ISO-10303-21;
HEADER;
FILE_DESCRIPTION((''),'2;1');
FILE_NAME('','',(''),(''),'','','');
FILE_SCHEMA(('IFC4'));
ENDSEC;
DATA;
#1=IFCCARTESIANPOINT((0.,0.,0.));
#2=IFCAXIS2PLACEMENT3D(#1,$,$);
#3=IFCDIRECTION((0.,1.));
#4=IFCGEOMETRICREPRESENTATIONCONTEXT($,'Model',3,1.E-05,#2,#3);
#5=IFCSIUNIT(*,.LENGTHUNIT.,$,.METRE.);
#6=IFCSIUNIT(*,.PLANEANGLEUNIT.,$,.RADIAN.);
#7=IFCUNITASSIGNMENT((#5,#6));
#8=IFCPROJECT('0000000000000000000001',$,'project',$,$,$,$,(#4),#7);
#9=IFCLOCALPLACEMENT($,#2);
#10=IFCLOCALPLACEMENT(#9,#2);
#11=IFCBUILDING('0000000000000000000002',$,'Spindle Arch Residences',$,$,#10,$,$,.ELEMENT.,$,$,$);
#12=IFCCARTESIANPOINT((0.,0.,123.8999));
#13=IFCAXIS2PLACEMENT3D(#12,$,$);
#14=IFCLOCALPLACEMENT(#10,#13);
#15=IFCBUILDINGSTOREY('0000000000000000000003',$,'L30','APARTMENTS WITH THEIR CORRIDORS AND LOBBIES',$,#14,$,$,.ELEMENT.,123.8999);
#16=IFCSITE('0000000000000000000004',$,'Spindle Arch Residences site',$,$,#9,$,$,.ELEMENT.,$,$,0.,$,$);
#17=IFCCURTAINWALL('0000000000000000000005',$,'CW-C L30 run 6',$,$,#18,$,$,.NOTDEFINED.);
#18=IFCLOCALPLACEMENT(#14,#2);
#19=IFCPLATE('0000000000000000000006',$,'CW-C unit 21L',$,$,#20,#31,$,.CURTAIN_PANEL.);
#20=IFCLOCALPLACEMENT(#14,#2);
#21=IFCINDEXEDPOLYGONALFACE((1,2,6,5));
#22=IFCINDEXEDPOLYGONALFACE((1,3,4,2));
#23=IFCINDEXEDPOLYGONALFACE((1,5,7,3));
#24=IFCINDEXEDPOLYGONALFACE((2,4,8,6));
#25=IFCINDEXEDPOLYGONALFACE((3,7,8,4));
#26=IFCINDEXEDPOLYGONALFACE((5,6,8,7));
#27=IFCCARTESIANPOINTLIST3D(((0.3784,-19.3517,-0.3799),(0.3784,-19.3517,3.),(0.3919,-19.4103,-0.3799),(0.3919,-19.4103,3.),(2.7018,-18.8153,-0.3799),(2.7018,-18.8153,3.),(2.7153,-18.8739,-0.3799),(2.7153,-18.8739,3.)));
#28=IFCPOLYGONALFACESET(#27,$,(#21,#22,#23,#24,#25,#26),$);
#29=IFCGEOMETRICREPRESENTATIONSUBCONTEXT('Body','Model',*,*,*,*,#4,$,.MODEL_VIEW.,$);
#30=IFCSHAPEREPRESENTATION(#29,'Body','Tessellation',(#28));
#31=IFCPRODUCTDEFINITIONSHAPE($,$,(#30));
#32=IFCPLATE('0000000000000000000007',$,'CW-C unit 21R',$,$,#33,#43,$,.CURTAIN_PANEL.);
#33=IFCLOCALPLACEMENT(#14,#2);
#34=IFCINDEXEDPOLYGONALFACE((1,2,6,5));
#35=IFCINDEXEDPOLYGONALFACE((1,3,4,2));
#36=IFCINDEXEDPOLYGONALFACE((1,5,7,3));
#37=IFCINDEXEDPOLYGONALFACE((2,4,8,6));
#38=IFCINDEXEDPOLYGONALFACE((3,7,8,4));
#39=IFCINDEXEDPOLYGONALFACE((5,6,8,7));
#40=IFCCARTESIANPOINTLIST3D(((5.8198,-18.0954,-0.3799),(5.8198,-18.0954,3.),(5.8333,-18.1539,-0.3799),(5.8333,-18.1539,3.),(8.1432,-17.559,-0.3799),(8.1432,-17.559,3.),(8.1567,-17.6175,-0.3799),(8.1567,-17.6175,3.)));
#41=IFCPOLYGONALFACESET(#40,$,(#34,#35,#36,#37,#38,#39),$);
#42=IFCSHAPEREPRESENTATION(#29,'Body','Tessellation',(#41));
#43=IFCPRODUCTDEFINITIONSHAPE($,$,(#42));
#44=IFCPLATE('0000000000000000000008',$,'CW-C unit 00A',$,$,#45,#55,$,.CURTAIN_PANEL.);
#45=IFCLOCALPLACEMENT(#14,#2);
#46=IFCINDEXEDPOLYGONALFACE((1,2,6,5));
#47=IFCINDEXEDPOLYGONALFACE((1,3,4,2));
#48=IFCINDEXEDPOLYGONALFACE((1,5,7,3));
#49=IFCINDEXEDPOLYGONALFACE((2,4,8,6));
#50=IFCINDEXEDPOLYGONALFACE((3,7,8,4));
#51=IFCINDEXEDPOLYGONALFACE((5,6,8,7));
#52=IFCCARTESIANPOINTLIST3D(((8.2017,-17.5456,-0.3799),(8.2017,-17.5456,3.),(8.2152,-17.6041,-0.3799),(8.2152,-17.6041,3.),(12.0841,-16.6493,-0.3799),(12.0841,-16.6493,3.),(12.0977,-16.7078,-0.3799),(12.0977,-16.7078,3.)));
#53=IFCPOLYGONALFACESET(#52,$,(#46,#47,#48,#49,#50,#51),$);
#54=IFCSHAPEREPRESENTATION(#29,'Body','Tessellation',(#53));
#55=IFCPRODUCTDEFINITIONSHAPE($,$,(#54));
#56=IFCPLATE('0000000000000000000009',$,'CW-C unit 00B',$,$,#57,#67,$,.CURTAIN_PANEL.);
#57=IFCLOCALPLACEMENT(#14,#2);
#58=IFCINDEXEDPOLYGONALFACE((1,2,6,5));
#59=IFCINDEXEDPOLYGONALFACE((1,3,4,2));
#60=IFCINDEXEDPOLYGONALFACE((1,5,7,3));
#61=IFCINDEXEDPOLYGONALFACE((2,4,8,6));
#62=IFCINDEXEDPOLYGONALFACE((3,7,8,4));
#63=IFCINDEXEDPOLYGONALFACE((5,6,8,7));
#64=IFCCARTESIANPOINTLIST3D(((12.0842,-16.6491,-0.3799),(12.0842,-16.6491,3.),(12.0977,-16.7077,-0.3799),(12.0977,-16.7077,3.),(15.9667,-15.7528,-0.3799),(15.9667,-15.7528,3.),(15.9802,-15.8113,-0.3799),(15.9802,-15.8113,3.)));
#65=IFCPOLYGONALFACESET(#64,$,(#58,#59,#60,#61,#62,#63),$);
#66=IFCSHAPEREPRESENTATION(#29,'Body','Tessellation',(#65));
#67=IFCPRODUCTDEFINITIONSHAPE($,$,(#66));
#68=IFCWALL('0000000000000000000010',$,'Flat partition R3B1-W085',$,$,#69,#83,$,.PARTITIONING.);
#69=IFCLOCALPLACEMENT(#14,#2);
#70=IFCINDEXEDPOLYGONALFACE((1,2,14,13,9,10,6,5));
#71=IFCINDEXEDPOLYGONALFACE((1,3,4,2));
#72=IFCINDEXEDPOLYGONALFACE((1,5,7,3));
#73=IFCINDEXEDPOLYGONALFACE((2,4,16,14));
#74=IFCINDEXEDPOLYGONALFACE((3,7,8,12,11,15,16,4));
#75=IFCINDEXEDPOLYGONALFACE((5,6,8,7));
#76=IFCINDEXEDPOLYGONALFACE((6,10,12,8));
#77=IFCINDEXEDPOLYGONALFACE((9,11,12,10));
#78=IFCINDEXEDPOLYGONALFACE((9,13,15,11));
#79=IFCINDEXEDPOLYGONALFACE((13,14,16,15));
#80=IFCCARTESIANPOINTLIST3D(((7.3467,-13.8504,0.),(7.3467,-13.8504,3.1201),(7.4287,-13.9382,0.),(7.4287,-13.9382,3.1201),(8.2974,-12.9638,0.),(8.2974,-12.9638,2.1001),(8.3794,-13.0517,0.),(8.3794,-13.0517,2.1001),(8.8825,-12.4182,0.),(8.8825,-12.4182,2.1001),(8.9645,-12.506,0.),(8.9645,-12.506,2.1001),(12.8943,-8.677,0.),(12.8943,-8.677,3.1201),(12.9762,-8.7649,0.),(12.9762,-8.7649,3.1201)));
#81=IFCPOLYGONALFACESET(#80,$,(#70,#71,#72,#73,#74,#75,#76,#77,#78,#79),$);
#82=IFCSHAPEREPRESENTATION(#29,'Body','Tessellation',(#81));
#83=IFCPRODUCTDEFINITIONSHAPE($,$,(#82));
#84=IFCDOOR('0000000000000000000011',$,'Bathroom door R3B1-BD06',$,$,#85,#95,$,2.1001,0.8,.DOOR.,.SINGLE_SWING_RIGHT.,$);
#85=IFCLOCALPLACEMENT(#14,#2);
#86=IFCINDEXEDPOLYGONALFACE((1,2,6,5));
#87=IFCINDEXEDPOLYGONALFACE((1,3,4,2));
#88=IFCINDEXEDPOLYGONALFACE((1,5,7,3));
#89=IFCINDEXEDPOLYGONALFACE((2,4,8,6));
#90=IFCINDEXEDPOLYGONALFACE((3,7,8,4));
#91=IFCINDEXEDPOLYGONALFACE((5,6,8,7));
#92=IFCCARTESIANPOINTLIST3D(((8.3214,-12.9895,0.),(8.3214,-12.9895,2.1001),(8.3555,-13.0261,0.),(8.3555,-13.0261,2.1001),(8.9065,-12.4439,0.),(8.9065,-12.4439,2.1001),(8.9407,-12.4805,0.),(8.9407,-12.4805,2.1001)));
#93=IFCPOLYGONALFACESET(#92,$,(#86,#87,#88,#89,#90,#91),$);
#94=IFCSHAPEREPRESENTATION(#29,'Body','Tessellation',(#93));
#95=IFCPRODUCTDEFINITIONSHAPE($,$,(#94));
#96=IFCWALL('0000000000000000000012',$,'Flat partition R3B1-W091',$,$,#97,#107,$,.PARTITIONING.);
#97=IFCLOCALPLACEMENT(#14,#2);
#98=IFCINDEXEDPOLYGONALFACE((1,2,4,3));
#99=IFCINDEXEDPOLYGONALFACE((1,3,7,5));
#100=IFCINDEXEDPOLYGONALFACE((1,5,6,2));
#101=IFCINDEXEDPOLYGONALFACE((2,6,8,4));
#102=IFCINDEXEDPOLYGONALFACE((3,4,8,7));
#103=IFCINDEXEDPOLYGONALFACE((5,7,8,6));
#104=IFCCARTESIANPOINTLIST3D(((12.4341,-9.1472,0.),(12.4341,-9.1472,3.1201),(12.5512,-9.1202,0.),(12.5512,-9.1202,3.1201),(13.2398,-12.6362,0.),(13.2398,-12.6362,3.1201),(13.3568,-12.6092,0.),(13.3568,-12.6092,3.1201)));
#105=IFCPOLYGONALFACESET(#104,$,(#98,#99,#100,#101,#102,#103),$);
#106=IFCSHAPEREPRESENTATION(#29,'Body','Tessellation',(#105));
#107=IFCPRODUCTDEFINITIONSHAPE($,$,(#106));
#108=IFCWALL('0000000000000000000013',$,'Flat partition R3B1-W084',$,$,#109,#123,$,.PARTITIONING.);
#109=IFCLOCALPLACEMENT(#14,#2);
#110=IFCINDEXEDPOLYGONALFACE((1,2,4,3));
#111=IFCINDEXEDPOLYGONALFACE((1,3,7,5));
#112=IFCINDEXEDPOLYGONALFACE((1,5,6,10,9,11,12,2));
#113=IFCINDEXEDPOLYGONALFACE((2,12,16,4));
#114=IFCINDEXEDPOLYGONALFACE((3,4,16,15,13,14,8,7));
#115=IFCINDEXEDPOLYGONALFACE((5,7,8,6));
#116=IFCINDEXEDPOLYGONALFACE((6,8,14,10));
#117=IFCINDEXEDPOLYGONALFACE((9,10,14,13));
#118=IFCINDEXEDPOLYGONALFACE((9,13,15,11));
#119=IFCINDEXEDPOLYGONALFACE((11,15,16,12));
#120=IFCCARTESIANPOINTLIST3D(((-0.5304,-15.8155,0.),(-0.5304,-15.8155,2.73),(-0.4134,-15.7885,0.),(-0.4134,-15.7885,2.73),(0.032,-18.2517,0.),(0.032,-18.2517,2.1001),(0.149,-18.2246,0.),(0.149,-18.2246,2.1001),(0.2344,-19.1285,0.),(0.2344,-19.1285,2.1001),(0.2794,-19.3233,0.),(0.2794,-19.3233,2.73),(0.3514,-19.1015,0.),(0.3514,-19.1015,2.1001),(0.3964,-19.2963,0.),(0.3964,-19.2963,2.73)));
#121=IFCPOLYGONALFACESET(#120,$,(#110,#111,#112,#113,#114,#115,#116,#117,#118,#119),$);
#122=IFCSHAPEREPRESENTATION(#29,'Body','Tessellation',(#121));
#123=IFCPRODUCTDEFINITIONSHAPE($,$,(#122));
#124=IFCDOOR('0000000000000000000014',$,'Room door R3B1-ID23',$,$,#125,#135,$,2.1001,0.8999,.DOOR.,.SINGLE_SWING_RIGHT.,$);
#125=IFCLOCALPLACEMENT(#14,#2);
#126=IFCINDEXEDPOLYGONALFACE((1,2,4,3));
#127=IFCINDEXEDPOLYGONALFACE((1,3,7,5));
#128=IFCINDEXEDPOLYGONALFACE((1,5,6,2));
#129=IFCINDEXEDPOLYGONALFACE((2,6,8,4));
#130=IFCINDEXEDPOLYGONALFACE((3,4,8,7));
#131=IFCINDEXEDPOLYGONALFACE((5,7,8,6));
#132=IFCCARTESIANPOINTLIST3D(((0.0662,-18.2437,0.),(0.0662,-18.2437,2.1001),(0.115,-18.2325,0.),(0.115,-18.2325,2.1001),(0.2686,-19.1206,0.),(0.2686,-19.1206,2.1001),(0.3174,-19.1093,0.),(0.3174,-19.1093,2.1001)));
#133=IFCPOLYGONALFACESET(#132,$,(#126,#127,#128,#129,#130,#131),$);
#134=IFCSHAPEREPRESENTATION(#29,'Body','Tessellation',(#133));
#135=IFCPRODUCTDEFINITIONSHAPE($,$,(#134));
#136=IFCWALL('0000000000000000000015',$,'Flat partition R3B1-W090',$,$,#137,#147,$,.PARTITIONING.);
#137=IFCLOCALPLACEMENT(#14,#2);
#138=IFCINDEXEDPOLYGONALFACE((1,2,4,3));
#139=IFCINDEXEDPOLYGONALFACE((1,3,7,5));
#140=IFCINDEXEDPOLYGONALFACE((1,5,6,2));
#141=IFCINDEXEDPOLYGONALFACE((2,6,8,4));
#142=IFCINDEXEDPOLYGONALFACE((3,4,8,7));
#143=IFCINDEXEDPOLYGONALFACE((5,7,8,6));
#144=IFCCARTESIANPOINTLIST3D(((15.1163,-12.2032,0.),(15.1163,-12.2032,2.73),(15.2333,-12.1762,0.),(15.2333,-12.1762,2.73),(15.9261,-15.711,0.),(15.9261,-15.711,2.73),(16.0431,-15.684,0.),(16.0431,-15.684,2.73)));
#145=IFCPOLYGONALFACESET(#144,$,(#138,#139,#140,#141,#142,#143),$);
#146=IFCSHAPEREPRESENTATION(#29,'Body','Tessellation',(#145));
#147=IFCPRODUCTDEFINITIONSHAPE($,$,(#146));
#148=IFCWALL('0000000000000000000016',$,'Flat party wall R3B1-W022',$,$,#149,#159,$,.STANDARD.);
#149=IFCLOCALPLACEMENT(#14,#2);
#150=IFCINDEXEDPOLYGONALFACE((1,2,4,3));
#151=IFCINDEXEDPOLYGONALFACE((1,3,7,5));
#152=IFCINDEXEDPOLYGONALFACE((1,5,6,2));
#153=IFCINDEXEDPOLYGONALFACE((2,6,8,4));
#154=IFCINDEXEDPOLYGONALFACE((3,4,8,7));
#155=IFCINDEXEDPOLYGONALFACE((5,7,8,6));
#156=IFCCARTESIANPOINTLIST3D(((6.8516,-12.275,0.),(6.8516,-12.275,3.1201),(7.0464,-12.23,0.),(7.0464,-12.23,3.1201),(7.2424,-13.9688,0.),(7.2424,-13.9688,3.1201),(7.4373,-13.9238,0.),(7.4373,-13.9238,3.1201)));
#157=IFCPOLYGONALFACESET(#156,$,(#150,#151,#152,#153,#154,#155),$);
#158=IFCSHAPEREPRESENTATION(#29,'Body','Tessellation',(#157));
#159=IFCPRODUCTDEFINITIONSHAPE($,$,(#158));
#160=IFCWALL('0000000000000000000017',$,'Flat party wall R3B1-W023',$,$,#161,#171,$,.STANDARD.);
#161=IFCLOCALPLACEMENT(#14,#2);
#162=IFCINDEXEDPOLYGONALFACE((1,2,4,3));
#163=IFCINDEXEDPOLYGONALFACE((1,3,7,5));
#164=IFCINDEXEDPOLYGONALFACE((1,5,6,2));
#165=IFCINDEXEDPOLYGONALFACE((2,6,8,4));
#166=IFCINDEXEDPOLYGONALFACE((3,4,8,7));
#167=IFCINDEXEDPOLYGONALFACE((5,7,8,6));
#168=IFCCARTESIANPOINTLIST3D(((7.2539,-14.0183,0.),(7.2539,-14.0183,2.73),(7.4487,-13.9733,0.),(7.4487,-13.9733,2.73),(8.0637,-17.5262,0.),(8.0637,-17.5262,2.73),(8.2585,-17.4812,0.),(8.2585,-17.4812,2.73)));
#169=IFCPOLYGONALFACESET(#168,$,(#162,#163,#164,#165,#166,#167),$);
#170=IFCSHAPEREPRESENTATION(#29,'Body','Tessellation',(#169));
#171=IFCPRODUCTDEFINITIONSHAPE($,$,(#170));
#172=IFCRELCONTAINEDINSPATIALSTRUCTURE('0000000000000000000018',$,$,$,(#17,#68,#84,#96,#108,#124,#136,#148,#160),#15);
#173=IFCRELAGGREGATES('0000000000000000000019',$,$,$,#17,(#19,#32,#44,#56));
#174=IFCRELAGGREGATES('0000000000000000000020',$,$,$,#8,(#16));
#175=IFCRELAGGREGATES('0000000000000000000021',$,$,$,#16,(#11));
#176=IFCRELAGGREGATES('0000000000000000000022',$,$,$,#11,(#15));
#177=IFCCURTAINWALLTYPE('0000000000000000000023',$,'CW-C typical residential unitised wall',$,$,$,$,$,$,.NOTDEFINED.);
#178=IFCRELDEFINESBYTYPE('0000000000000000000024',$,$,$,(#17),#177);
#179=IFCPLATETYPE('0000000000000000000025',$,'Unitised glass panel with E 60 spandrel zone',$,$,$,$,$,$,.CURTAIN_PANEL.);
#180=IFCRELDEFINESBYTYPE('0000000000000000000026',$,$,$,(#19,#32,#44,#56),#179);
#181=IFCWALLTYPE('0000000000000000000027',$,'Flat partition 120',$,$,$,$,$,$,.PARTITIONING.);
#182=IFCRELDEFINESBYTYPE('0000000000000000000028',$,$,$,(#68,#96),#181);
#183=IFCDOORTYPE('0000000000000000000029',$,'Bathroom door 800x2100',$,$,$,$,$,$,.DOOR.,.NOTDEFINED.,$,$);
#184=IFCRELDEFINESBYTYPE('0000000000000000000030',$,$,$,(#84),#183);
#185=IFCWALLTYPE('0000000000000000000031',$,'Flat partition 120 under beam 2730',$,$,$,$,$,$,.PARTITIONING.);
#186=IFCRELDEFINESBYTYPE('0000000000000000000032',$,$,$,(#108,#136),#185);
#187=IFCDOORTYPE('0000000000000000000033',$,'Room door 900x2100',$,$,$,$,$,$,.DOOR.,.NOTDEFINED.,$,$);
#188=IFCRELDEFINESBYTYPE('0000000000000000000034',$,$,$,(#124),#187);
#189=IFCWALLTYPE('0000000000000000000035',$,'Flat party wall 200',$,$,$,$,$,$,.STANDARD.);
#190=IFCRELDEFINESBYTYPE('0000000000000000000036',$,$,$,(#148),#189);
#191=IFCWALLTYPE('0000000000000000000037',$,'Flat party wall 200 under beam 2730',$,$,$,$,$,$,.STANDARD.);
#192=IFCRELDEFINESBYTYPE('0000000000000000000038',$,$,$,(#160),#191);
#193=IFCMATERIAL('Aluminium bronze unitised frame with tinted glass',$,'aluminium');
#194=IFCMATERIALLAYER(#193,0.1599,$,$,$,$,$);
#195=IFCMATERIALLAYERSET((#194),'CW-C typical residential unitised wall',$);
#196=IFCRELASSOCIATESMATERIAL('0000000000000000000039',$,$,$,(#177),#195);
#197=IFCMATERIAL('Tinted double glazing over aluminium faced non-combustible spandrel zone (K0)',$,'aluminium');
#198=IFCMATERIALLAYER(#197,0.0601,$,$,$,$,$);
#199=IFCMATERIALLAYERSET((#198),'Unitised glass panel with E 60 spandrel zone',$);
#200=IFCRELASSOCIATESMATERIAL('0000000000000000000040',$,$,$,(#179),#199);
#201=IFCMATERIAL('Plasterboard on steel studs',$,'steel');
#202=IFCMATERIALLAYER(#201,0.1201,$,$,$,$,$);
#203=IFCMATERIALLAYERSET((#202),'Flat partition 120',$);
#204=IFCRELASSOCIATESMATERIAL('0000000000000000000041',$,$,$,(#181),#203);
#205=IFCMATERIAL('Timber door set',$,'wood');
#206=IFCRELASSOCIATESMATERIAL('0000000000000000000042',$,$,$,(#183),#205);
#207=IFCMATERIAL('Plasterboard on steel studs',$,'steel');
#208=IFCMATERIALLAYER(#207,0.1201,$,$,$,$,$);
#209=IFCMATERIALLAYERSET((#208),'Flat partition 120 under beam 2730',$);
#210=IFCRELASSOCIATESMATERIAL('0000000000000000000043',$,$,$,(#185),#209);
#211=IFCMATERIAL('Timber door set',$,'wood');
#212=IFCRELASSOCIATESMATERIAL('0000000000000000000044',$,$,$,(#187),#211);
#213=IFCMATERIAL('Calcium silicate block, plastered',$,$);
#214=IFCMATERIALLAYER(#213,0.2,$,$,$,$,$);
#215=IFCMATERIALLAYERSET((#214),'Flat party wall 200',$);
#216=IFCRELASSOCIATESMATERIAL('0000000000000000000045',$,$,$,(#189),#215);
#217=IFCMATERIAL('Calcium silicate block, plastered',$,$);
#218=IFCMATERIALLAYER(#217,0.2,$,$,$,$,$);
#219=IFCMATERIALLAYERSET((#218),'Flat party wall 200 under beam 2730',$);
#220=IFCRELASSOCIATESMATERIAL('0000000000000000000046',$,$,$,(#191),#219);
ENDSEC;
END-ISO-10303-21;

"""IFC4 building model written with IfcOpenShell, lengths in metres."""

from ifc_helpers import new_model, si_unit, direction, frame, frame_2d, origin, origin_2d, place, context, subcontext, project, spatial, rectangle, extrude, material, layer, layer_set, type_object, element, fill, aggregate, save


model = new_model("IFC4")

# Units and contexts
model_context = context("Model", 3, precision=1e-05, world=origin(), true_north=direction((0.0, 1.0)))
body_context = subcontext(model_context, "Body", "Model", "MODEL_VIEW")
ifc_project = project(units=[si_unit("LENGTHUNIT", "METRE"), si_unit("PLANEANGLEUNIT", "RADIAN")], contexts=[model_context])

# Site, building, storey
site_placement = place(None, origin())
site = spatial("IfcSite", under=ifc_project, at=site_placement, Name="Spindle Arch Residences site", CompositionType="ELEMENT", RefElevation=0.0)
building_placement = place(site_placement, origin())
building = spatial("IfcBuilding", under=site, at=building_placement, Name="Spindle Arch Residences", CompositionType="ELEMENT")
storey_placement = place(building_placement, frame((0.0, 0.0, 123.8999)))
storey = spatial("IfcBuildingStorey", under=building, at=storey_placement, Name="L30", Description="APARTMENTS WITH THEIR CORRIDORS AND LOBBIES", CompositionType="ELEMENT", Elevation=123.8999)

# Curtain wall
ifc_material_1 = material(Name="Aluminium bronze unitised frame with tinted glass", Category="aluminium")
ifc_layer_1 = layer(ifc_material_1, 0.1599)
ifc_layer_set_1 = layer_set([ifc_layer_1], Name="CW-C typical residential unitised wall")
curtain_wall_type_1 = type_object("IfcCurtainWallType", Name="CW-C typical residential unitised wall", PredefinedType="NOTDEFINED", material=ifc_layer_set_1)
curtain_wall_1_placement = place(storey_placement, origin())
curtain_wall_1 = element("IfcCurtainWall", 1, at=curtain_wall_1_placement, inside=storey, type_object=curtain_wall_type_1, Name="CW-C L30 run 6", PredefinedType="NOTDEFINED")

# Plates
ifc_material_2 = material(Name="Tinted double glazing over aluminium faced non-combustible spandrel zone (K0)", Category="aluminium")
ifc_layer_2 = layer(ifc_material_2, 0.0601)
ifc_layer_set_2 = layer_set([ifc_layer_2], Name="Unitised glass panel with E 60 spandrel zone")
plate_type = type_object("IfcPlateType", Name="Unitised glass panel with E 60 spandrel zone", PredefinedType="CURTAIN_PANEL", material=ifc_layer_set_2)
plate_1_placement = place(storey_placement, frame((1.5469, -19.1128, -0.3799), z_axis=(0.0, 0.0, 1.0), x_axis=(0.97437, 0.224951, 0.0)))
plate_1 = element("IfcPlate", 2, at=plate_1_placement, type_object=plate_type, Name="CW-C unit 21L", PredefinedType="CURTAIN_PANEL", context=body_context, shape_type="SweptSolid", body=[
    extrude(rectangle(XDim=2.3845, YDim=0.0601, at=origin_2d()), origin(), (0.0, 0.0, 1.0), 3.3799),
])
plate_2_placement = place(storey_placement, frame((6.9883, -17.8564, -0.3799), z_axis=(0.0, 0.0, 1.0), x_axis=(0.97437, 0.224951, 0.0)))
plate_2 = element("IfcPlate", 3, at=plate_2_placement, type_object=plate_type, Name="CW-C unit 21R", PredefinedType="CURTAIN_PANEL", context=body_context, shape_type="SweptSolid", body=[
    extrude(rectangle(XDim=2.3845, YDim=0.0601, at=origin_2d()), origin(), (0.0, 0.0, 1.0), 3.3799),
])
plate_3_placement = place(storey_placement, frame((10.1497, -17.1267, -0.3799), z_axis=(0.0, 0.0, 1.0), x_axis=(0.97437, 0.224951, 0.0)))
plate_3 = element("IfcPlate", 4, at=plate_3_placement, type_object=plate_type, Name="CW-C unit 00A", PredefinedType="CURTAIN_PANEL", context=body_context, shape_type="SweptSolid", body=[
    extrude(rectangle(XDim=3.9846, YDim=0.0601, at=origin_2d()), origin(), (0.0, 0.0, 1.0), 3.3799),
])
plate_4_placement = place(storey_placement, frame((14.0322, -16.2302, -0.3799), z_axis=(0.0, 0.0, 1.0), x_axis=(0.97437, 0.224951, 0.0)))
plate_4 = element("IfcPlate", 5, at=plate_4_placement, type_object=plate_type, Name="CW-C unit 00B", PredefinedType="CURTAIN_PANEL", context=body_context, shape_type="SweptSolid", body=[
    extrude(rectangle(XDim=3.9846, YDim=0.0601, at=origin_2d()), origin(), (0.0, 0.0, 1.0), 3.3799),
])
aggregate(curtain_wall_1, [plate_1, plate_2, plate_3, plate_4])

# Wall, opening, door
ifc_material_3 = material(Name="Plasterboard on steel studs", Category="steel")
ifc_layer_3 = layer(ifc_material_3, 0.1201)
ifc_layer_set_3 = layer_set([ifc_layer_3], Name="Flat partition 120")
wall_type_1 = type_object("IfcWallType", Name="Flat partition 120", PredefinedType="PARTITIONING", material=ifc_layer_set_3)
wall_1_placement = place(storey_placement, frame((7.3877, -13.8943, 0.0), z_axis=(0.0, 0.0, 1.0), x_axis=(0.731346, 0.682006, 0.0)))
wall_1 = element("IfcWall", 6, at=wall_1_placement, inside=storey, type_object=wall_type_1, Name="Flat partition R3B1-W085", PredefinedType="PARTITIONING", context=body_context, shape_type="SweptSolid", body=[
    extrude(rectangle(XDim=7.5854, YDim=0.1201, at=frame_2d((3.7927, 0.0))), origin(), (0.0, 0.0, 1.0), 3.1201),
])
opening_1_placement = place(wall_1_placement, frame((1.3, 0.0, 0.0)))
opening_1 = element("IfcOpeningElement", 7, at=opening_1_placement, cuts=wall_1, PredefinedType="OPENING", context=body_context, shape_type="SweptSolid", body=[
    extrude(rectangle(XDim=0.8, YDim=2.1001, at=frame_2d((0.3999, 1.05))), frame((0.0, 0.0701, 0.0), z_axis=(0.0, -1.0, 0.0), x_axis=(1.0, 0.0, 0.0)), (0.0, 0.0, 1.0), 0.1401),
])
ifc_material_4 = material(Name="Timber door set", Category="wood")
door_type_1 = type_object("IfcDoorType", Name="Bathroom door 800x2100", OperationType="NOTDEFINED", PredefinedType="DOOR", material=ifc_material_4)
door_1_placement = place(opening_1_placement, origin())
door_1 = element("IfcDoor", 8, at=door_1_placement, inside=storey, type_object=door_type_1, Name="Bathroom door R3B1-BD06", OperationType="SINGLE_SWING_RIGHT", OverallHeight=2.1001, OverallWidth=0.8, PredefinedType="DOOR", context=body_context, shape_type="SweptSolid", body=[
    extrude(rectangle(XDim=0.8, YDim=2.1001, at=frame_2d((0.3999, 1.05))), frame((0.0, 0.0249, 0.0), z_axis=(0.0, -1.0, 0.0), x_axis=(1.0, 0.0, 0.0)), (0.0, 0.0, 1.0), 0.05),
])
fill(opening_1, door_1)

# Wall
wall_2_placement = place(storey_placement, frame((13.2983, -12.6228, 0.0), z_axis=(0.0, 0.0, 1.0), x_axis=(-0.224994, 0.97436, 0.0)))
element("IfcWall", 9, at=wall_2_placement, inside=storey, type_object=wall_type_1, Name="Flat partition R3B1-W091", PredefinedType="PARTITIONING", context=body_context, shape_type="SweptSolid", body=[
    extrude(rectangle(XDim=3.5808, YDim=0.1201, at=frame_2d((1.7905, 0.0))), origin(), (0.0, 0.0, 1.0), 3.1201),
])

# Wall, opening, door
ifc_material_5 = material(Name="Plasterboard on steel studs", Category="steel")
ifc_layer_4 = layer(ifc_material_5, 0.1201)
ifc_layer_set_4 = layer_set([ifc_layer_4], Name="Flat partition 120 under beam 2730")
wall_type_2 = type_object("IfcWallType", Name="Flat partition 120 under beam 2730", PredefinedType="PARTITIONING", material=ifc_layer_set_4)
wall_3_placement = place(storey_placement, frame((0.3379, -19.3098, 0.0), z_axis=(0.0, 0.0, 1.0), x_axis=(-0.224944, 0.974372, 0.0)))
wall_3 = element("IfcWall", 10, at=wall_3_placement, inside=storey, type_object=wall_type_2, Name="Flat partition R3B1-W084", PredefinedType="PARTITIONING", context=body_context, shape_type="SweptSolid", body=[
    extrude(rectangle(XDim=3.6001, YDim=0.1201, at=frame_2d((1.8, 0.0))), origin(), (0.0, 0.0, 1.0), 2.73),
])
opening_2_placement = place(wall_3_placement, frame((0.2, 0.0, 0.0)))
opening_2 = element("IfcOpeningElement", 11, at=opening_2_placement, cuts=wall_3, PredefinedType="OPENING", context=body_context, shape_type="SweptSolid", body=[
    extrude(rectangle(XDim=0.8999, YDim=2.1001, at=frame_2d((0.45, 1.05))), frame((0.0, 0.0701, 0.0), z_axis=(0.0, -1.0, 0.0), x_axis=(1.0, 0.0, 0.0)), (0.0, 0.0, 1.0), 0.1401),
])
ifc_material_6 = material(Name="Timber door set", Category="wood")
door_type_2 = type_object("IfcDoorType", Name="Room door 900x2100", OperationType="NOTDEFINED", PredefinedType="DOOR", material=ifc_material_6)
door_2_placement = place(opening_2_placement, origin())
door_2 = element("IfcDoor", 12, at=door_2_placement, inside=storey, type_object=door_type_2, Name="Room door R3B1-ID23", OperationType="SINGLE_SWING_RIGHT", OverallHeight=2.1001, OverallWidth=0.8999, PredefinedType="DOOR", context=body_context, shape_type="SweptSolid", body=[
    extrude(rectangle(XDim=0.8999, YDim=2.1001, at=frame_2d((0.45, 1.05))), frame((0.0, 0.0249, 0.0), z_axis=(0.0, -1.0, 0.0), x_axis=(1.0, 0.0, 0.0)), (0.0, 0.0, 1.0), 0.05),
])
fill(opening_2, door_2)

# Walls
wall_4_placement = place(storey_placement, frame((15.9846, -15.6975, 0.0), z_axis=(0.0, 0.0, 1.0), x_axis=(-0.224944, 0.974372, 0.0)))
element("IfcWall", 13, at=wall_4_placement, inside=storey, type_object=wall_type_2, Name="Flat partition R3B1-W090", PredefinedType="PARTITIONING", context=body_context, shape_type="SweptSolid", body=[
    extrude(rectangle(XDim=3.6001, YDim=0.1201, at=frame_2d((1.8, 0.0))), origin(), (0.0, 0.0, 1.0), 2.73),
])
ifc_material_7 = material(Name="Calcium silicate block, plastered")
ifc_layer_5 = layer(ifc_material_7, 0.2)
ifc_layer_set_5 = layer_set([ifc_layer_5], Name="Flat party wall 200")
wall_type_3 = type_object("IfcWallType", Name="Flat party wall 200", PredefinedType="STANDARD", material=ifc_layer_set_5)
wall_5_placement = place(storey_placement, frame((7.3398, -13.9463, 0.0), z_axis=(0.0, 0.0, 1.0), x_axis=(-0.224849, 0.974394, 0.0)))
element("IfcWall", 14, at=wall_5_placement, inside=storey, type_object=wall_type_3, Name="Flat party wall R3B1-W022", PredefinedType="STANDARD", context=body_context, shape_type="SweptSolid", body=[
    extrude(rectangle(XDim=1.7383, YDim=0.2, at=frame_2d((0.8691, 0.0))), origin(), (0.0, 0.0, 1.0), 3.1201),
])
ifc_material_8 = material(Name="Calcium silicate block, plastered")
ifc_layer_6 = layer(ifc_material_8, 0.2)
ifc_layer_set_6 = layer_set([ifc_layer_6], Name="Flat party wall 200 under beam 2730")
wall_type_4 = type_object("IfcWallType", Name="Flat party wall 200 under beam 2730", PredefinedType="STANDARD", material=ifc_layer_set_6)
wall_6_placement = place(storey_placement, frame((8.1611, -17.5037, 0.0), z_axis=(0.0, 0.0, 1.0), x_axis=(-0.224944, 0.974372, 0.0)))
element("IfcWall", 15, at=wall_6_placement, inside=storey, type_object=wall_type_4, Name="Flat party wall R3B1-W023", PredefinedType="STANDARD", context=body_context, shape_type="SweptSolid", body=[
    extrude(rectangle(XDim=3.6001, YDim=0.2, at=frame_2d((1.8, 0.0))), origin(), (0.0, 0.0, 1.0), 2.73),
])

save(model, "model.ifc")
